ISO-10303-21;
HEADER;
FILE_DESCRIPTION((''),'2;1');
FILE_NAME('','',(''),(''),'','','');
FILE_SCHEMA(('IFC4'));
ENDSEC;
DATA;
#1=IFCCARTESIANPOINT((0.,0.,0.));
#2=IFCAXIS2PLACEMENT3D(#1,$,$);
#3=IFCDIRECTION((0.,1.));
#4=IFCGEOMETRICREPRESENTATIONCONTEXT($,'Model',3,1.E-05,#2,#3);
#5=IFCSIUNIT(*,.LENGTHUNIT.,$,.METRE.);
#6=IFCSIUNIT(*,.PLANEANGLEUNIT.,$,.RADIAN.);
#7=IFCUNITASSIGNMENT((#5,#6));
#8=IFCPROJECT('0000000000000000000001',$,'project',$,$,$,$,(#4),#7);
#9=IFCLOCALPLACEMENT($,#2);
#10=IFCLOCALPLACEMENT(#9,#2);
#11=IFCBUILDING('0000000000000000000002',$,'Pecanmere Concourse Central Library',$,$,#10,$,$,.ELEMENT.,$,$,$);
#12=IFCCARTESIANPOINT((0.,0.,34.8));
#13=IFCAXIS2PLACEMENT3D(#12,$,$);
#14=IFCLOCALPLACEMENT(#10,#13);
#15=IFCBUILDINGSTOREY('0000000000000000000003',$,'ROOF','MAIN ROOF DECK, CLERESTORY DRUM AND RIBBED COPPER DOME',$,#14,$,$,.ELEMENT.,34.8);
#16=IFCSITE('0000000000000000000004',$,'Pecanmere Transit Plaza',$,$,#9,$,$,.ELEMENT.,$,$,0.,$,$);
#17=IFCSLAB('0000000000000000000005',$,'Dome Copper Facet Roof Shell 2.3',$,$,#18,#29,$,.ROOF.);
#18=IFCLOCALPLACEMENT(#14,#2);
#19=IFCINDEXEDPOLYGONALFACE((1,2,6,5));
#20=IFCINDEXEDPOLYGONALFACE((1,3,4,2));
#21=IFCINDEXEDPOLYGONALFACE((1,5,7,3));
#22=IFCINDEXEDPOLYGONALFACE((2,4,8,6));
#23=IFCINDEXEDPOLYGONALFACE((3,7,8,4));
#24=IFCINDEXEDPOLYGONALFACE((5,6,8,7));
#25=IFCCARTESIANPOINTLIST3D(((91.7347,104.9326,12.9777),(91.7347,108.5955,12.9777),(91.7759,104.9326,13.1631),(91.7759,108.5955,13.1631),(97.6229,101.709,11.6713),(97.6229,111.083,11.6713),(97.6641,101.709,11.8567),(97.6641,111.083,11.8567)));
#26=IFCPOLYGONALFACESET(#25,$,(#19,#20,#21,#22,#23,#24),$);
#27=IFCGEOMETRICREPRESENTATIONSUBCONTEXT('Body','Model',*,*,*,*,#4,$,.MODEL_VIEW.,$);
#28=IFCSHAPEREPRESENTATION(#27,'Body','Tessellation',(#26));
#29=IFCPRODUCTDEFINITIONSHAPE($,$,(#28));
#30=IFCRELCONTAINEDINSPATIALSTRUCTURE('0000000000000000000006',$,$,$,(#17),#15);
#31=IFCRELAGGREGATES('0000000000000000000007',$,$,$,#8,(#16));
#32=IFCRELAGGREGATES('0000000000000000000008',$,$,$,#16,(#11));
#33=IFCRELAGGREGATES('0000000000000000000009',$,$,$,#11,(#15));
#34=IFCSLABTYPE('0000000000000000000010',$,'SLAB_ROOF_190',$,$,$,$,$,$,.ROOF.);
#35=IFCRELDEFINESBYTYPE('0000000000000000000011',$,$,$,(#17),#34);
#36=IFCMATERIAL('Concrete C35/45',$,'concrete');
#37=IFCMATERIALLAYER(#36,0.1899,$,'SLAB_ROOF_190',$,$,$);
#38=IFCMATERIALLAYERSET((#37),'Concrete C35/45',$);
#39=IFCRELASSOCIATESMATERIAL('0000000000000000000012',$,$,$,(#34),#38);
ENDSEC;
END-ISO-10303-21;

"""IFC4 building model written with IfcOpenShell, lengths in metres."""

from ifc_helpers import new_model, si_unit, direction, frame, origin, place, context, subcontext, project, spatial, polyline, outline, extrude, material, layer, layer_set, type_object, element, save


model = new_model("IFC4")

# Units and contexts
model_context = context("Model", 3, precision=1e-05, world=origin(), true_north=direction((0.0, 1.0)))
body_context = subcontext(model_context, "Body", "Model", "MODEL_VIEW")
ifc_project = project(units=[si_unit("LENGTHUNIT", "METRE"), si_unit("PLANEANGLEUNIT", "RADIAN")], contexts=[model_context])

# Site, building, storey
site_placement = place(None, origin())
site = spatial("IfcSite", under=ifc_project, at=site_placement, Name="Pecanmere Transit Plaza", CompositionType="ELEMENT", RefElevation=0.0)
building_placement = place(site_placement, origin())
building = spatial("IfcBuilding", under=site, at=building_placement, Name="Pecanmere Concourse Central Library", CompositionType="ELEMENT")
storey_placement = place(building_placement, frame((0.0, 0.0, 34.8)))
storey = spatial("IfcBuildingStorey", under=building, at=storey_placement, Name="ROOF", Description="MAIN ROOF DECK, CLERESTORY DRUM AND RIBBED COPPER DOME", CompositionType="ELEMENT", Elevation=34.8)

# Slab
ifc_material_1 = material(Name="Concrete C35/45", Category="concrete")
ifc_layer_1 = layer(ifc_material_1, 0.1899, Name="SLAB_ROOF_190")
ifc_layer_set_1 = layer_set([ifc_layer_1], Name="Concrete C35/45")
slab_type_1 = type_object("IfcSlabType", Name="SLAB_ROOF_190", PredefinedType="ROOF", material=ifc_layer_set_1)
slab_1_placement = place(storey_placement, frame((97.6641, 101.709, 11.8567), z_axis=(0.2166, 0.0, 0.97626), x_axis=(0.0, 1.0, 0.0)))
element("IfcSlab", 1, at=slab_1_placement, inside=storey, type_object=slab_type_1, Name="Dome Copper Facet Roof Shell 2.3", PredefinedType="ROOF", context=body_context, shape_type="SweptSolid", body=[
    extrude(outline(polyline([(0.0, 0.0), (9.374, 0.0), (6.8865, 6.0314), (3.2236, 6.0314), (0.0, 0.0)])), origin(), (0.0, 0.0, -1.0), 0.1899),
])

save(model, "model.ifc")
